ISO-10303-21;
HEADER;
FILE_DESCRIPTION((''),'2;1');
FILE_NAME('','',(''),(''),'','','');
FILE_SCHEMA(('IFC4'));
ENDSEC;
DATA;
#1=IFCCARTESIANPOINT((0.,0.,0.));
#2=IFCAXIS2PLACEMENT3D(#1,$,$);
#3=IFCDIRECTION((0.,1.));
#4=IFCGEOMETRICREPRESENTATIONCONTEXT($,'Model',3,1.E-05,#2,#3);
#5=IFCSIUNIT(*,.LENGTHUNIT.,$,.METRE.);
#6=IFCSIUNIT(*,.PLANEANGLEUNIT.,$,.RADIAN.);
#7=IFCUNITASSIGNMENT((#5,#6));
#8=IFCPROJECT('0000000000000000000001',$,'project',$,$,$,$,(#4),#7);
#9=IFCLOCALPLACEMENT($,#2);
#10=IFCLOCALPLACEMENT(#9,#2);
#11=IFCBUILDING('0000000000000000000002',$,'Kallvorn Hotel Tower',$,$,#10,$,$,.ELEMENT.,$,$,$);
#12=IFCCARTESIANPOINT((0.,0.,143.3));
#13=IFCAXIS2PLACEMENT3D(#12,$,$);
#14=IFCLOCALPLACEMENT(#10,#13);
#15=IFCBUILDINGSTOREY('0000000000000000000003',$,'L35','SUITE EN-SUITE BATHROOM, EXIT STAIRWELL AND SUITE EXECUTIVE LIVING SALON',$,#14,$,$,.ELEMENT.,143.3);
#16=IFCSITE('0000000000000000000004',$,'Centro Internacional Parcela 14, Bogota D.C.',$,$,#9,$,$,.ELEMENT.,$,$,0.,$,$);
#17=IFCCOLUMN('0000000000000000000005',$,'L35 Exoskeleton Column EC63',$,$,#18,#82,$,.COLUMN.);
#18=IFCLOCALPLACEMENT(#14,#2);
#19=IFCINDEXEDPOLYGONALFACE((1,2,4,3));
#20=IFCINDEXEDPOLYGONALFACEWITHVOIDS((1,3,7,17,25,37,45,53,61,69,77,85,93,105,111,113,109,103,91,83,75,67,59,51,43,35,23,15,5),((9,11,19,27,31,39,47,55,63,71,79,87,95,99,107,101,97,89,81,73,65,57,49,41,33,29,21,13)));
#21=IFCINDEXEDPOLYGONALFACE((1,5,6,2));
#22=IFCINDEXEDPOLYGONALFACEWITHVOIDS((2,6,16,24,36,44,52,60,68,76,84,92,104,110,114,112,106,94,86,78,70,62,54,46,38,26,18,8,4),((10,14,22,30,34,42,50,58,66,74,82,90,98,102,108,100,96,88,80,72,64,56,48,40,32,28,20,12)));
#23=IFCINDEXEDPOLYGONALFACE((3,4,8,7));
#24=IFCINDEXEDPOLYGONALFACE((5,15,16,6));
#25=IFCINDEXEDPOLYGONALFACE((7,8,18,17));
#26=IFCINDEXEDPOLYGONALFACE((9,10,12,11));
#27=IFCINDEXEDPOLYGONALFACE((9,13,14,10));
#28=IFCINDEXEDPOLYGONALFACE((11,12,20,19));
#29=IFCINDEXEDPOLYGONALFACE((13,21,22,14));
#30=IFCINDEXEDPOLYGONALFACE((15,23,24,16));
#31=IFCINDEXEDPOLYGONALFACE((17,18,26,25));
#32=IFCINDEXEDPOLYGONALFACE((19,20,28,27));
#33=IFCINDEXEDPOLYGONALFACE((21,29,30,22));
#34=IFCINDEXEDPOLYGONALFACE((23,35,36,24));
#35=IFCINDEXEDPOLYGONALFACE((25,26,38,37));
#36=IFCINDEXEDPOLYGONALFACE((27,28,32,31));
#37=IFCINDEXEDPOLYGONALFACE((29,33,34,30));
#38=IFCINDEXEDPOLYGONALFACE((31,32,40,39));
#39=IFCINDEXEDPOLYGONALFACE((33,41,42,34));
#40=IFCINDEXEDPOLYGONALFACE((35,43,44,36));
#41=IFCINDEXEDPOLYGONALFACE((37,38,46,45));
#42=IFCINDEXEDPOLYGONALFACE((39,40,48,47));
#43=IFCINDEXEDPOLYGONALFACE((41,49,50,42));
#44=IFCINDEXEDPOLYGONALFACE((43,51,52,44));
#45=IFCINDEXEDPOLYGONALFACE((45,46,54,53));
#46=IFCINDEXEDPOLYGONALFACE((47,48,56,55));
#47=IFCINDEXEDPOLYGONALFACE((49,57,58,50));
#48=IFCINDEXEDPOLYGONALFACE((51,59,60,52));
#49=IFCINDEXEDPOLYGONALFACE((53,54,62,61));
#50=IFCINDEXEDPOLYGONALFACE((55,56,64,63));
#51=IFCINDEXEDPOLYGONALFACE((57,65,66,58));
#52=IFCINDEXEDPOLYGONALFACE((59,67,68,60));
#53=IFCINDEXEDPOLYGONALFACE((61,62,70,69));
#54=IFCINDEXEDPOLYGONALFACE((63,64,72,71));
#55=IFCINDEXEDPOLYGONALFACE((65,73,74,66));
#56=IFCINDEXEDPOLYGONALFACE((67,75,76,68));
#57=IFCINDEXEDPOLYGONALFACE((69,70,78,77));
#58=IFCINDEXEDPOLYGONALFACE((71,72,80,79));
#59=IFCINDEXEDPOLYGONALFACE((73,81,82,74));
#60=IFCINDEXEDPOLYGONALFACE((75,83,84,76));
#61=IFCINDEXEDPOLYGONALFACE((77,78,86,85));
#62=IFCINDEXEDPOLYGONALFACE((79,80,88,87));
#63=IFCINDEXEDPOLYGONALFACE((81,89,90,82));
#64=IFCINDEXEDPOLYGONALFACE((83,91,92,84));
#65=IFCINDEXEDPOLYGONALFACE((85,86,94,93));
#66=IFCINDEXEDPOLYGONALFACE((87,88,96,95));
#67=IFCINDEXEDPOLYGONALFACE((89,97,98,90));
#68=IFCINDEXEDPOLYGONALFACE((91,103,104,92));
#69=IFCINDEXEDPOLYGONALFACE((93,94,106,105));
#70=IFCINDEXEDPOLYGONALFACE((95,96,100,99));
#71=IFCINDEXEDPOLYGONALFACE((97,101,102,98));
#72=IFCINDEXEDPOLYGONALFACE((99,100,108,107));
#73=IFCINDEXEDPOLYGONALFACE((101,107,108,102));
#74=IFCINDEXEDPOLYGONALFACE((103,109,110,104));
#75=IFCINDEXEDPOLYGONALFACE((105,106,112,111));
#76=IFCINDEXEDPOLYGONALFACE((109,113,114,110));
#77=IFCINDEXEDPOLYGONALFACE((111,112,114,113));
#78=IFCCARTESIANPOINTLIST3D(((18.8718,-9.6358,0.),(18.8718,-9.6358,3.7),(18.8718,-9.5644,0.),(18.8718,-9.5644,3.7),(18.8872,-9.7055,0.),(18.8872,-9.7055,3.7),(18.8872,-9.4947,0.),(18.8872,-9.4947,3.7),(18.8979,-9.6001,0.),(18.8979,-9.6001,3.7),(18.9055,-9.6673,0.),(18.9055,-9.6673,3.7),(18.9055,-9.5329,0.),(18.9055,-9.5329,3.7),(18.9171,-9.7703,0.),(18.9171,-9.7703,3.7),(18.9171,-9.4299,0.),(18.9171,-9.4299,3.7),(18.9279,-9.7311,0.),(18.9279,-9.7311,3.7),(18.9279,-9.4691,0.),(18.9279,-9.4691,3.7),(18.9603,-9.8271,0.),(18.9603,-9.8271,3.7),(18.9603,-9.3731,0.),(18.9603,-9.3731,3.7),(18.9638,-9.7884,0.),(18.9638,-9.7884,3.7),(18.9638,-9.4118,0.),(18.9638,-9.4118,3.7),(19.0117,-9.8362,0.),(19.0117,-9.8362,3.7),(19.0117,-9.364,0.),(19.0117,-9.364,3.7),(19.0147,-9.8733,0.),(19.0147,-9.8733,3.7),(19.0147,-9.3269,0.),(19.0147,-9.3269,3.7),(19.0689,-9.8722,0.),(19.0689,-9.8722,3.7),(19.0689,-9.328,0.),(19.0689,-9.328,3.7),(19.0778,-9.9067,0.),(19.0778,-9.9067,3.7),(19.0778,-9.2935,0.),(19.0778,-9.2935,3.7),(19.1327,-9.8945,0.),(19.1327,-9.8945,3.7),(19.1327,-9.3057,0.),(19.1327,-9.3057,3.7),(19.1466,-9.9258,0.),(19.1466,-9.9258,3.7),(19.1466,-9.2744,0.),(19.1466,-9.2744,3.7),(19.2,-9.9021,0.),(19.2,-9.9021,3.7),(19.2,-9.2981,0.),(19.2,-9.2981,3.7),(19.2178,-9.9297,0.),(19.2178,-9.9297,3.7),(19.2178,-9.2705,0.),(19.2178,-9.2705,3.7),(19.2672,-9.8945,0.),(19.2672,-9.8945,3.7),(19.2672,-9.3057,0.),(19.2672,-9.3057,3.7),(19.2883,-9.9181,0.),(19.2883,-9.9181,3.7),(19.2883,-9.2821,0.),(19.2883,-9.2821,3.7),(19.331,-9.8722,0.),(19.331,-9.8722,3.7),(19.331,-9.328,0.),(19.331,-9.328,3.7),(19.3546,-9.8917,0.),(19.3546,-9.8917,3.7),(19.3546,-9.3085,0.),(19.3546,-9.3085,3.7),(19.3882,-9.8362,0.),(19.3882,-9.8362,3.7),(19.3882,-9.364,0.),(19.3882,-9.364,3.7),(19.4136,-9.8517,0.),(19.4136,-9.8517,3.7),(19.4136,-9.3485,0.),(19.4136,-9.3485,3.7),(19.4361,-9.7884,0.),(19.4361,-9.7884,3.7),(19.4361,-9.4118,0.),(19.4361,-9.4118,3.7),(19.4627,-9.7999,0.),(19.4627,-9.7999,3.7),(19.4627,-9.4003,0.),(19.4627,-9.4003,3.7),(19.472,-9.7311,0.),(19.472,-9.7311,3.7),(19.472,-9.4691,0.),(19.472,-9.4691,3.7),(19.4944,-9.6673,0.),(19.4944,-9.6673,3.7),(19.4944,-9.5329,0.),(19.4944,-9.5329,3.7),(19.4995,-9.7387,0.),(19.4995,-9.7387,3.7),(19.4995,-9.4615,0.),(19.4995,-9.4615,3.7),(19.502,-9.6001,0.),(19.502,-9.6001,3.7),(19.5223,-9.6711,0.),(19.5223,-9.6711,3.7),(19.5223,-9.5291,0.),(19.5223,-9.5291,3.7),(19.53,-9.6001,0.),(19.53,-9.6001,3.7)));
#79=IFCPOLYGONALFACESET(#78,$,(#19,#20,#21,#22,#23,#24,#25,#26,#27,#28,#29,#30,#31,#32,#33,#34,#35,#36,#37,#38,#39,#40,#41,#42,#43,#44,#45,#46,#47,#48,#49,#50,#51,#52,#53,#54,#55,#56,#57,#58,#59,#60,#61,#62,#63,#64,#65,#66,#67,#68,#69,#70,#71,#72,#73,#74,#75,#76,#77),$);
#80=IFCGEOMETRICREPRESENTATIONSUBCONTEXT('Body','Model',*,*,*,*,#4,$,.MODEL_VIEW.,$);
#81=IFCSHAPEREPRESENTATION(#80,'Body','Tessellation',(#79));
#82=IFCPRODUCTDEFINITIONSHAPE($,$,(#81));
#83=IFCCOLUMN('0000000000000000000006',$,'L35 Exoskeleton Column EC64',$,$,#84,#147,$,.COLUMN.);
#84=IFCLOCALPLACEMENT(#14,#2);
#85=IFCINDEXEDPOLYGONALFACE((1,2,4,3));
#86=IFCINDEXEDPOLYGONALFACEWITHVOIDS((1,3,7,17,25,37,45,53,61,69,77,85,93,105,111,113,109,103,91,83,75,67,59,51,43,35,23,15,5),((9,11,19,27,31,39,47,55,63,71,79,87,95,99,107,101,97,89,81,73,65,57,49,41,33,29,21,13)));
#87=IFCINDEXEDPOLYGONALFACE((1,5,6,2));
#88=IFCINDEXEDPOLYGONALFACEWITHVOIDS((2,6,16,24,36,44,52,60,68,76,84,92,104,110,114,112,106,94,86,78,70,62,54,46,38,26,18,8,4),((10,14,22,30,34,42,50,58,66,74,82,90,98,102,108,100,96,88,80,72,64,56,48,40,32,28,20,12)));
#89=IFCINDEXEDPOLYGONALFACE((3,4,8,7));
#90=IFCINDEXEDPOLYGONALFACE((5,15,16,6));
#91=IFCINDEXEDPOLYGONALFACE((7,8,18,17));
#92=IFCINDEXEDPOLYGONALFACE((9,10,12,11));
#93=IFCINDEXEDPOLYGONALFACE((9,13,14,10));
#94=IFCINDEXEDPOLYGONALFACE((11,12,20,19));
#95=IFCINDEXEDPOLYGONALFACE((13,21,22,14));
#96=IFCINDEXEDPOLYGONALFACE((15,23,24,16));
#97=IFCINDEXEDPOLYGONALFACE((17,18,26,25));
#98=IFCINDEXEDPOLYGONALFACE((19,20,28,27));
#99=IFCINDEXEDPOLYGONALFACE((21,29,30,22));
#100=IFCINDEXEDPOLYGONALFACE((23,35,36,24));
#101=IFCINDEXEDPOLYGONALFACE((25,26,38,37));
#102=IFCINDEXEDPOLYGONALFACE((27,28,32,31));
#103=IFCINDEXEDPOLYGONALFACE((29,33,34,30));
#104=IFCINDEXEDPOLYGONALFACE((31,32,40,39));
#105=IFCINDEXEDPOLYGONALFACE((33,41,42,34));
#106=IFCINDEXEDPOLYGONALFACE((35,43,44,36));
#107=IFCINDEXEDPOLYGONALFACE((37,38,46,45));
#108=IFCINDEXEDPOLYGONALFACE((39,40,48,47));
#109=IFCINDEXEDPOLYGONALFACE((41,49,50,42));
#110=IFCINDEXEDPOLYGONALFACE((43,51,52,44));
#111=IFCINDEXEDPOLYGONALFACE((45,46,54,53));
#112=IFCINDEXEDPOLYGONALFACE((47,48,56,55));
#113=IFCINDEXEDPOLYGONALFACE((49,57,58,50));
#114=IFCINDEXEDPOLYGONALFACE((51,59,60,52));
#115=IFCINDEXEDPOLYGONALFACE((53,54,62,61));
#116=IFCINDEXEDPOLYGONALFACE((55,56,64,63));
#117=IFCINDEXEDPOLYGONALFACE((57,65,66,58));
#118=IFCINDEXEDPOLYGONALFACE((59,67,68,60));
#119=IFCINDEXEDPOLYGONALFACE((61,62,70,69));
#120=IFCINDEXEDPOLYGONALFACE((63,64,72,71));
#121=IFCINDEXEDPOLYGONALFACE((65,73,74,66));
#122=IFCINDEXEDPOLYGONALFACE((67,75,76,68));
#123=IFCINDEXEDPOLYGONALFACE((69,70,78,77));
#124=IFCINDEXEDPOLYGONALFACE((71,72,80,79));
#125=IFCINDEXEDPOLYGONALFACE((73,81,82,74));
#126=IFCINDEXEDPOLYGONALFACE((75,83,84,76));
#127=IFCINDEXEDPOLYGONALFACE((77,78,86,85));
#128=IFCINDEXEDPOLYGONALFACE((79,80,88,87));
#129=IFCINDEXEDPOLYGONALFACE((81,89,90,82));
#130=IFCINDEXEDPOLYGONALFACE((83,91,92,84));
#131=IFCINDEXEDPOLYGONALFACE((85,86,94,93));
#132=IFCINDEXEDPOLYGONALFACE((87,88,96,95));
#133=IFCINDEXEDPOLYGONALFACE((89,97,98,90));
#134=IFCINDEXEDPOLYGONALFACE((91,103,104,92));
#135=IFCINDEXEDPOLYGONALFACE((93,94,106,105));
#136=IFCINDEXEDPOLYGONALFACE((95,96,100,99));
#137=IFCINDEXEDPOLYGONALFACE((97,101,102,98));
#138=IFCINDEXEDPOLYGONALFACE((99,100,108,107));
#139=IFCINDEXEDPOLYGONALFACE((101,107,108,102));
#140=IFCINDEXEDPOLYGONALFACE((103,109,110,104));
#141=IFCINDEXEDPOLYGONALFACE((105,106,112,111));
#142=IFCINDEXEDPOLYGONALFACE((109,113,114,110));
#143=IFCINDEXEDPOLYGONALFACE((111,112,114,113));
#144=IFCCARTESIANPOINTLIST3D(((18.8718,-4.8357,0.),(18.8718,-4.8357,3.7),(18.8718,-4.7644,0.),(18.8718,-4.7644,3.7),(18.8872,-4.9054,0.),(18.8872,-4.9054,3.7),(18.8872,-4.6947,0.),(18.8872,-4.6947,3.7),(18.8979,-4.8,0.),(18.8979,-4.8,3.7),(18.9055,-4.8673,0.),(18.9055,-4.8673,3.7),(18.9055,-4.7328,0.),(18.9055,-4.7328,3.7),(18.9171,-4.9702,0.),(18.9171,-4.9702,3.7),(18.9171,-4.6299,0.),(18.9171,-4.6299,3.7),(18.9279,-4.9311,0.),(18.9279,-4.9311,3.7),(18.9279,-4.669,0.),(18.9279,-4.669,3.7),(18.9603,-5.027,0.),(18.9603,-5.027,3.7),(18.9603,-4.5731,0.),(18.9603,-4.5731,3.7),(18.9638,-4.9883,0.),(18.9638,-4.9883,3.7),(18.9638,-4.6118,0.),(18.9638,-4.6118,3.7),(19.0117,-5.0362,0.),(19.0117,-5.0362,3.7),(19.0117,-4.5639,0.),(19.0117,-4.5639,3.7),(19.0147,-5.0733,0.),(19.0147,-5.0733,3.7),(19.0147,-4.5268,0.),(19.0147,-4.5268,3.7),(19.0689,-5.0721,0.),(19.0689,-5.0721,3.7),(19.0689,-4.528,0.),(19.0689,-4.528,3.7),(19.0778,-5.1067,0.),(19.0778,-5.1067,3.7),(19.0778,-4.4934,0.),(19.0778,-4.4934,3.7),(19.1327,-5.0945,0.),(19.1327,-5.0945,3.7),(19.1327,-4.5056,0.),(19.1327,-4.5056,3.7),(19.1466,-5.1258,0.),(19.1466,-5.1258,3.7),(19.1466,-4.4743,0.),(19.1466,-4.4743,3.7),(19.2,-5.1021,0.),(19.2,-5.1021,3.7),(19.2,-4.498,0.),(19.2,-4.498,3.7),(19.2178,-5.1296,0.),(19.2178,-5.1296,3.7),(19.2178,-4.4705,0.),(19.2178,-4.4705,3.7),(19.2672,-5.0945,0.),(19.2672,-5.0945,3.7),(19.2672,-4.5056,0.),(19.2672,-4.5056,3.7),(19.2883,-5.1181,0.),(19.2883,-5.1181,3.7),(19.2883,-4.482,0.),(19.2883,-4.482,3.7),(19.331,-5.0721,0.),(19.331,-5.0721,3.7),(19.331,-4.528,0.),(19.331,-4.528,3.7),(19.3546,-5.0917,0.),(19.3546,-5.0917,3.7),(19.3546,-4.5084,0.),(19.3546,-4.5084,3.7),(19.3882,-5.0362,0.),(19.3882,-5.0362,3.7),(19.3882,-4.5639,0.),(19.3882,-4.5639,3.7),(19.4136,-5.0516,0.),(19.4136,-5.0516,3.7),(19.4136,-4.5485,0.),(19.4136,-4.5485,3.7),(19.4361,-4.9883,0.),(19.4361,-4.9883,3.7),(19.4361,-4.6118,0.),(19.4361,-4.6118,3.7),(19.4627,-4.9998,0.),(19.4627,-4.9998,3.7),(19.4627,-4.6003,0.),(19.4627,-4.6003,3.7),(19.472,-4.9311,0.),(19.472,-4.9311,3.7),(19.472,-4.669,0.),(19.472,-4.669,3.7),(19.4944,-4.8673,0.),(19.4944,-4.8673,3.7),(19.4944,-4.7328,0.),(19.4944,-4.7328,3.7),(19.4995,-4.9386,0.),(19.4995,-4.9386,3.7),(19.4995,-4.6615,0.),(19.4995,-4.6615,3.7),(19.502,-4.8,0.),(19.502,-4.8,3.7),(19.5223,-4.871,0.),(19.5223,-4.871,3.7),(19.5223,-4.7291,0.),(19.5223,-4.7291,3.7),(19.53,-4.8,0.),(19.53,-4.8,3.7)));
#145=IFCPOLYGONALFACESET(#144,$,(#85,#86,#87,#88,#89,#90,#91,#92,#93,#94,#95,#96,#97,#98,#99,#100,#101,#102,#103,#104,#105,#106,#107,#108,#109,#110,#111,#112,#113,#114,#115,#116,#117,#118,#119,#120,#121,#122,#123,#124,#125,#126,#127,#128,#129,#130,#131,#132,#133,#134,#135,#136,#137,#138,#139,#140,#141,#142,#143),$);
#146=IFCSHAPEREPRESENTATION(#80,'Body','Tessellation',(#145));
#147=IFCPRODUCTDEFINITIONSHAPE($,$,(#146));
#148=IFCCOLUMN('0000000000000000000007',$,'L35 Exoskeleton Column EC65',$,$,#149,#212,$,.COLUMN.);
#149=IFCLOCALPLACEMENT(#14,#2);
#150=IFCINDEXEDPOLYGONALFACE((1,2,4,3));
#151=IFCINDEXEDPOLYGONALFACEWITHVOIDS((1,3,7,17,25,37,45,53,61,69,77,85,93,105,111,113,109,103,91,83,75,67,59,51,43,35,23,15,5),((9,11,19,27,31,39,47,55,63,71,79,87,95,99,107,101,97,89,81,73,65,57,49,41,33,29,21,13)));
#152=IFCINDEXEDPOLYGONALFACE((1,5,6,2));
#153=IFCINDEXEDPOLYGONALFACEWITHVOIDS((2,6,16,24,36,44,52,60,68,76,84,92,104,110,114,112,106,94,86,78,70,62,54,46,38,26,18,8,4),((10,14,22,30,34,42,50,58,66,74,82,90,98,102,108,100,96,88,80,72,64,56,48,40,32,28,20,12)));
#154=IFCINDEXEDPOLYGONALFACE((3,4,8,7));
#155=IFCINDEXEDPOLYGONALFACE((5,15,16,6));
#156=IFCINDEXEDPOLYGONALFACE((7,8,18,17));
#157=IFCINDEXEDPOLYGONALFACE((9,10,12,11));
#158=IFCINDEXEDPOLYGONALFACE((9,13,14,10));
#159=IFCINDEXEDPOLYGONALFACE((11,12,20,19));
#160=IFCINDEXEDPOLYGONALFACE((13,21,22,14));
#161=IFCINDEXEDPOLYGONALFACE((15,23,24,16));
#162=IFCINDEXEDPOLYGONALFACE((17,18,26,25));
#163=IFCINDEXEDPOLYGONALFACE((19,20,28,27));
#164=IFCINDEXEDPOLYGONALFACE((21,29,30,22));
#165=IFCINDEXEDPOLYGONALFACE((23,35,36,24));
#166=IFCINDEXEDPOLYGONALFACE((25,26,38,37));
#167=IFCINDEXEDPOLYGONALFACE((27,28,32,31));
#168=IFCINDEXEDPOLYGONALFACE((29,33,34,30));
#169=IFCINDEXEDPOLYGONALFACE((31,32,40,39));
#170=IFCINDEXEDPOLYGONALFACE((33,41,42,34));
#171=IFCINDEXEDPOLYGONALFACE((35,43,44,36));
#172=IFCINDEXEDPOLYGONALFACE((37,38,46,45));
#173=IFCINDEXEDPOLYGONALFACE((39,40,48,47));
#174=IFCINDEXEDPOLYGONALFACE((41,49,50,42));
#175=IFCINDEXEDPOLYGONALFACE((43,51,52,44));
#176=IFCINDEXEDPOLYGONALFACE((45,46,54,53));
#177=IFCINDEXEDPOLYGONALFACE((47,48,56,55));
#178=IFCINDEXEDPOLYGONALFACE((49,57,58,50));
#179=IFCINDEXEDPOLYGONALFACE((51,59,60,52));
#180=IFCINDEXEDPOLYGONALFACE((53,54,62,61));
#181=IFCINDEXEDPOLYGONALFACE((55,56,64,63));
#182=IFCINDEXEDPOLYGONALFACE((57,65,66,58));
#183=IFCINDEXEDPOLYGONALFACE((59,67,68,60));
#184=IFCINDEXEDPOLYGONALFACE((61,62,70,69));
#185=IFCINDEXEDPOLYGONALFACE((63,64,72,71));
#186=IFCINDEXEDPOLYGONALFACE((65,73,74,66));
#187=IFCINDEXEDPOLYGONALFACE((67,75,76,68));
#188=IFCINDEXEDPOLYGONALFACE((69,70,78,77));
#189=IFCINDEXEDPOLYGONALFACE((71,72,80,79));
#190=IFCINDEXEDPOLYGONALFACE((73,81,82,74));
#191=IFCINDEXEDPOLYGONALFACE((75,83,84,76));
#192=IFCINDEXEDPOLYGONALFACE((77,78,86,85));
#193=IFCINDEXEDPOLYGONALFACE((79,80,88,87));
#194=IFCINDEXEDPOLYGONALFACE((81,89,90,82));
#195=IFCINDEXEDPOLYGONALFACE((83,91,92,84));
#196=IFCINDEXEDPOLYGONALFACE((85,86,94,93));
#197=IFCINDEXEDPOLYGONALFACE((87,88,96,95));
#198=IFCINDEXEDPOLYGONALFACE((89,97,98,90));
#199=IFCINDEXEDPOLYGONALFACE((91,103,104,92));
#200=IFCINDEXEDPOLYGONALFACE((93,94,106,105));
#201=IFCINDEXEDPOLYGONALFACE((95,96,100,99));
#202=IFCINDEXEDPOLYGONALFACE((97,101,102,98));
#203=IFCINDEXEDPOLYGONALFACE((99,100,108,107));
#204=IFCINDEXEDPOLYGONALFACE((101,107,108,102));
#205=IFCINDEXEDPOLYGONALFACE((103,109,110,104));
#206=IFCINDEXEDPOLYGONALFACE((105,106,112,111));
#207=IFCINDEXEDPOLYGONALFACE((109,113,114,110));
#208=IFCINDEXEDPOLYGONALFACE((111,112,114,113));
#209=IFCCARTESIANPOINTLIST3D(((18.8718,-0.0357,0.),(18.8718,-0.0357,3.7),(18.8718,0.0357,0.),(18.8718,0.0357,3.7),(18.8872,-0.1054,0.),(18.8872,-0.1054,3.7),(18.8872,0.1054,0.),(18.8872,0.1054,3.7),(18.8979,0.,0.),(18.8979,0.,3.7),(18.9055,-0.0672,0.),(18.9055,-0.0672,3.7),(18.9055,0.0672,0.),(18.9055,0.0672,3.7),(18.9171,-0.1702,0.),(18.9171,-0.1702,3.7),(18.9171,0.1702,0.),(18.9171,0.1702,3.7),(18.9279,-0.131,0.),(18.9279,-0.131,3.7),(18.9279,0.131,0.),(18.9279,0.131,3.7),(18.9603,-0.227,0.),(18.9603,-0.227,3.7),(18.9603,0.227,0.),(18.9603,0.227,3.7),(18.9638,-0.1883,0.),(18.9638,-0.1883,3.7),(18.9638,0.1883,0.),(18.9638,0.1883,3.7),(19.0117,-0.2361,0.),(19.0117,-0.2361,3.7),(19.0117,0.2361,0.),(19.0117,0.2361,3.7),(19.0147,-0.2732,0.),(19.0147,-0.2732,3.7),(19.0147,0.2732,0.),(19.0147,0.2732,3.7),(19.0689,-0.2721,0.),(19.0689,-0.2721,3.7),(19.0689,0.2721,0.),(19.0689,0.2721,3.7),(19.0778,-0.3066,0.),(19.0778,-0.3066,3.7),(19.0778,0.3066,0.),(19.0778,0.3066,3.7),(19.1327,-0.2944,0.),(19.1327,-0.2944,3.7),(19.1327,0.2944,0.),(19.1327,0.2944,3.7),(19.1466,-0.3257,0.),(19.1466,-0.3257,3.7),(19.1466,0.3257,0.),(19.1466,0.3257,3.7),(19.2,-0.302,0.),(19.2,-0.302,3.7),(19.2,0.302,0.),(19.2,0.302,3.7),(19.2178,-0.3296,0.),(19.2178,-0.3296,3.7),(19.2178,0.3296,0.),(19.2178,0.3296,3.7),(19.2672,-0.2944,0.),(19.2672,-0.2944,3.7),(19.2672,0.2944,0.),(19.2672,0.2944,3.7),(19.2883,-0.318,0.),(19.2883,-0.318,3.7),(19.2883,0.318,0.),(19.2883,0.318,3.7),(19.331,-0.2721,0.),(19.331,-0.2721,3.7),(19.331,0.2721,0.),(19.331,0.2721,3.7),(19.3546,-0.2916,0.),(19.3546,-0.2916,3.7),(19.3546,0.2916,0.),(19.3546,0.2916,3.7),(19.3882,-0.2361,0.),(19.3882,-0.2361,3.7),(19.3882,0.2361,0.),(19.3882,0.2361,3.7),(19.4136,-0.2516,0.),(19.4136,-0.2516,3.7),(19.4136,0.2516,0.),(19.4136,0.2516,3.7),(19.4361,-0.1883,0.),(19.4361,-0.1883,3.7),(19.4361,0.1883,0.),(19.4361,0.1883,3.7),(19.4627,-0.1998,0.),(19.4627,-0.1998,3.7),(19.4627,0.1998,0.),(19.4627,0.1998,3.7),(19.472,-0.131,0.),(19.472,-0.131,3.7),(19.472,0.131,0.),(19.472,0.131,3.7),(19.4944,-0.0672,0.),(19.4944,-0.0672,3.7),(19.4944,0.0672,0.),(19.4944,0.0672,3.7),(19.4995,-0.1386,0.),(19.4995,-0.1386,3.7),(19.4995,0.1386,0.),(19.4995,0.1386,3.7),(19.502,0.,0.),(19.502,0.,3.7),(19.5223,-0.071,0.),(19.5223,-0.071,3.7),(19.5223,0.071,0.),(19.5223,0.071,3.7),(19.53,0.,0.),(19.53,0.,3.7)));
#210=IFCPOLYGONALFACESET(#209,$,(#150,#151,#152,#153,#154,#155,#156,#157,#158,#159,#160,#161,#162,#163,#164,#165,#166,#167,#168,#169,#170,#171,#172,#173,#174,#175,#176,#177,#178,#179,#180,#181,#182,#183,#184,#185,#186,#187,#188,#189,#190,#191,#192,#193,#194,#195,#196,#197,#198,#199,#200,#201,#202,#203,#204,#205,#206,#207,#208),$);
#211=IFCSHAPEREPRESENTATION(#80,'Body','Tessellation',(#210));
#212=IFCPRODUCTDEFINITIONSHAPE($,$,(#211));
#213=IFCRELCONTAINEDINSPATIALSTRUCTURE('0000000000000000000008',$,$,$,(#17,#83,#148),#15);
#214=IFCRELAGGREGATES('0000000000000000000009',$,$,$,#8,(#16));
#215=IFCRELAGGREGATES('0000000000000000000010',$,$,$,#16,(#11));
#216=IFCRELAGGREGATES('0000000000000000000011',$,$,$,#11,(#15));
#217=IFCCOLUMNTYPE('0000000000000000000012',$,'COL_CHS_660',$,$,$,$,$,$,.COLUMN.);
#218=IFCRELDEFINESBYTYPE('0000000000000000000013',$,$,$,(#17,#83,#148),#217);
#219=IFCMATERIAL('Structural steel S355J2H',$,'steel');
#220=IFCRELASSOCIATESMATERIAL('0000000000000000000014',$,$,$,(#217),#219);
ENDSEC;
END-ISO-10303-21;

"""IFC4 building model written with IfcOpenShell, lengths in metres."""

from ifc_helpers import new_model, si_unit, direction, frame, origin, origin_2d, place, context, subcontext, project, spatial, hollow_circle, extrude, material, material_profile, profile_set, type_object, element, save


model = new_model("IFC4")

# Units and contexts
model_context = context("Model", 3, precision=1e-05, world=origin(), true_north=direction((0.0, 1.0)))
body_context = subcontext(model_context, "Body", "Model", "MODEL_VIEW")
ifc_project = project(units=[si_unit("LENGTHUNIT", "METRE"), si_unit("PLANEANGLEUNIT", "RADIAN")], contexts=[model_context])

# Site, building, storey
site_placement = place(None, origin())
site = spatial("IfcSite", under=ifc_project, at=site_placement, Name="Centro Internacional Parcela 14, Bogota D.C.", CompositionType="ELEMENT", RefElevation=0.0)
building_placement = place(site_placement, origin())
building = spatial("IfcBuilding", under=site, at=building_placement, Name="Kallvorn Hotel Tower", CompositionType="ELEMENT")
storey_placement = place(building_placement, frame((0.0, 0.0, 143.3)))
storey = spatial("IfcBuildingStorey", under=building, at=storey_placement, Name="L35", Description="SUITE EN-SUITE BATHROOM, EXIT STAIRWELL AND SUITE EXECUTIVE LIVING SALON", CompositionType="ELEMENT", Elevation=143.3)

# Columns
ifc_material_1 = material(Name="Structural steel S355J2H", Category="steel")
ifc_material_profile_1 = material_profile(ifc_material_1, hollow_circle(Radius=0.3301, WallThickness=0.0281, at=origin_2d()), Name="CHS 660x28")
ifc_profile_set_1 = profile_set([ifc_material_profile_1], Name="Structural steel S355J2H")
column_type_1 = type_object("IfcColumnType", Name="COL_CHS_660", PredefinedType="COLUMN", material=ifc_profile_set_1)
for number, where, z_axis, x_axis, name in (
    (1, (19.2, -9.6001, 0.0), (0.0, 0.0, 1.0), (1.0, 0.0, 0.0), "L35 Exoskeleton Column EC63"),
    (2, (19.2, -4.8, 0.0), (0.0, 0.0, 1.0), (1.0, 0.0, 0.0), "L35 Exoskeleton Column EC64"),
    (3, (19.2, 0.0, 0.0), (0.0, 0.0, 1.0), (1.0, 0.0, 0.0), "L35 Exoskeleton Column EC65"),
):
    element("IfcColumn", number, at=place(storey_placement, frame(where, z_axis=z_axis, x_axis=x_axis)), inside=storey, type_object=column_type_1, Name=name, PredefinedType="COLUMN", context=body_context, shape_type="SweptSolid", body=[
        extrude(hollow_circle(Radius=0.3301, WallThickness=0.0281, at=origin_2d()), origin(), (0.0, 0.0, 1.0), 3.7),
    ])

save(model, "model.ifc")
